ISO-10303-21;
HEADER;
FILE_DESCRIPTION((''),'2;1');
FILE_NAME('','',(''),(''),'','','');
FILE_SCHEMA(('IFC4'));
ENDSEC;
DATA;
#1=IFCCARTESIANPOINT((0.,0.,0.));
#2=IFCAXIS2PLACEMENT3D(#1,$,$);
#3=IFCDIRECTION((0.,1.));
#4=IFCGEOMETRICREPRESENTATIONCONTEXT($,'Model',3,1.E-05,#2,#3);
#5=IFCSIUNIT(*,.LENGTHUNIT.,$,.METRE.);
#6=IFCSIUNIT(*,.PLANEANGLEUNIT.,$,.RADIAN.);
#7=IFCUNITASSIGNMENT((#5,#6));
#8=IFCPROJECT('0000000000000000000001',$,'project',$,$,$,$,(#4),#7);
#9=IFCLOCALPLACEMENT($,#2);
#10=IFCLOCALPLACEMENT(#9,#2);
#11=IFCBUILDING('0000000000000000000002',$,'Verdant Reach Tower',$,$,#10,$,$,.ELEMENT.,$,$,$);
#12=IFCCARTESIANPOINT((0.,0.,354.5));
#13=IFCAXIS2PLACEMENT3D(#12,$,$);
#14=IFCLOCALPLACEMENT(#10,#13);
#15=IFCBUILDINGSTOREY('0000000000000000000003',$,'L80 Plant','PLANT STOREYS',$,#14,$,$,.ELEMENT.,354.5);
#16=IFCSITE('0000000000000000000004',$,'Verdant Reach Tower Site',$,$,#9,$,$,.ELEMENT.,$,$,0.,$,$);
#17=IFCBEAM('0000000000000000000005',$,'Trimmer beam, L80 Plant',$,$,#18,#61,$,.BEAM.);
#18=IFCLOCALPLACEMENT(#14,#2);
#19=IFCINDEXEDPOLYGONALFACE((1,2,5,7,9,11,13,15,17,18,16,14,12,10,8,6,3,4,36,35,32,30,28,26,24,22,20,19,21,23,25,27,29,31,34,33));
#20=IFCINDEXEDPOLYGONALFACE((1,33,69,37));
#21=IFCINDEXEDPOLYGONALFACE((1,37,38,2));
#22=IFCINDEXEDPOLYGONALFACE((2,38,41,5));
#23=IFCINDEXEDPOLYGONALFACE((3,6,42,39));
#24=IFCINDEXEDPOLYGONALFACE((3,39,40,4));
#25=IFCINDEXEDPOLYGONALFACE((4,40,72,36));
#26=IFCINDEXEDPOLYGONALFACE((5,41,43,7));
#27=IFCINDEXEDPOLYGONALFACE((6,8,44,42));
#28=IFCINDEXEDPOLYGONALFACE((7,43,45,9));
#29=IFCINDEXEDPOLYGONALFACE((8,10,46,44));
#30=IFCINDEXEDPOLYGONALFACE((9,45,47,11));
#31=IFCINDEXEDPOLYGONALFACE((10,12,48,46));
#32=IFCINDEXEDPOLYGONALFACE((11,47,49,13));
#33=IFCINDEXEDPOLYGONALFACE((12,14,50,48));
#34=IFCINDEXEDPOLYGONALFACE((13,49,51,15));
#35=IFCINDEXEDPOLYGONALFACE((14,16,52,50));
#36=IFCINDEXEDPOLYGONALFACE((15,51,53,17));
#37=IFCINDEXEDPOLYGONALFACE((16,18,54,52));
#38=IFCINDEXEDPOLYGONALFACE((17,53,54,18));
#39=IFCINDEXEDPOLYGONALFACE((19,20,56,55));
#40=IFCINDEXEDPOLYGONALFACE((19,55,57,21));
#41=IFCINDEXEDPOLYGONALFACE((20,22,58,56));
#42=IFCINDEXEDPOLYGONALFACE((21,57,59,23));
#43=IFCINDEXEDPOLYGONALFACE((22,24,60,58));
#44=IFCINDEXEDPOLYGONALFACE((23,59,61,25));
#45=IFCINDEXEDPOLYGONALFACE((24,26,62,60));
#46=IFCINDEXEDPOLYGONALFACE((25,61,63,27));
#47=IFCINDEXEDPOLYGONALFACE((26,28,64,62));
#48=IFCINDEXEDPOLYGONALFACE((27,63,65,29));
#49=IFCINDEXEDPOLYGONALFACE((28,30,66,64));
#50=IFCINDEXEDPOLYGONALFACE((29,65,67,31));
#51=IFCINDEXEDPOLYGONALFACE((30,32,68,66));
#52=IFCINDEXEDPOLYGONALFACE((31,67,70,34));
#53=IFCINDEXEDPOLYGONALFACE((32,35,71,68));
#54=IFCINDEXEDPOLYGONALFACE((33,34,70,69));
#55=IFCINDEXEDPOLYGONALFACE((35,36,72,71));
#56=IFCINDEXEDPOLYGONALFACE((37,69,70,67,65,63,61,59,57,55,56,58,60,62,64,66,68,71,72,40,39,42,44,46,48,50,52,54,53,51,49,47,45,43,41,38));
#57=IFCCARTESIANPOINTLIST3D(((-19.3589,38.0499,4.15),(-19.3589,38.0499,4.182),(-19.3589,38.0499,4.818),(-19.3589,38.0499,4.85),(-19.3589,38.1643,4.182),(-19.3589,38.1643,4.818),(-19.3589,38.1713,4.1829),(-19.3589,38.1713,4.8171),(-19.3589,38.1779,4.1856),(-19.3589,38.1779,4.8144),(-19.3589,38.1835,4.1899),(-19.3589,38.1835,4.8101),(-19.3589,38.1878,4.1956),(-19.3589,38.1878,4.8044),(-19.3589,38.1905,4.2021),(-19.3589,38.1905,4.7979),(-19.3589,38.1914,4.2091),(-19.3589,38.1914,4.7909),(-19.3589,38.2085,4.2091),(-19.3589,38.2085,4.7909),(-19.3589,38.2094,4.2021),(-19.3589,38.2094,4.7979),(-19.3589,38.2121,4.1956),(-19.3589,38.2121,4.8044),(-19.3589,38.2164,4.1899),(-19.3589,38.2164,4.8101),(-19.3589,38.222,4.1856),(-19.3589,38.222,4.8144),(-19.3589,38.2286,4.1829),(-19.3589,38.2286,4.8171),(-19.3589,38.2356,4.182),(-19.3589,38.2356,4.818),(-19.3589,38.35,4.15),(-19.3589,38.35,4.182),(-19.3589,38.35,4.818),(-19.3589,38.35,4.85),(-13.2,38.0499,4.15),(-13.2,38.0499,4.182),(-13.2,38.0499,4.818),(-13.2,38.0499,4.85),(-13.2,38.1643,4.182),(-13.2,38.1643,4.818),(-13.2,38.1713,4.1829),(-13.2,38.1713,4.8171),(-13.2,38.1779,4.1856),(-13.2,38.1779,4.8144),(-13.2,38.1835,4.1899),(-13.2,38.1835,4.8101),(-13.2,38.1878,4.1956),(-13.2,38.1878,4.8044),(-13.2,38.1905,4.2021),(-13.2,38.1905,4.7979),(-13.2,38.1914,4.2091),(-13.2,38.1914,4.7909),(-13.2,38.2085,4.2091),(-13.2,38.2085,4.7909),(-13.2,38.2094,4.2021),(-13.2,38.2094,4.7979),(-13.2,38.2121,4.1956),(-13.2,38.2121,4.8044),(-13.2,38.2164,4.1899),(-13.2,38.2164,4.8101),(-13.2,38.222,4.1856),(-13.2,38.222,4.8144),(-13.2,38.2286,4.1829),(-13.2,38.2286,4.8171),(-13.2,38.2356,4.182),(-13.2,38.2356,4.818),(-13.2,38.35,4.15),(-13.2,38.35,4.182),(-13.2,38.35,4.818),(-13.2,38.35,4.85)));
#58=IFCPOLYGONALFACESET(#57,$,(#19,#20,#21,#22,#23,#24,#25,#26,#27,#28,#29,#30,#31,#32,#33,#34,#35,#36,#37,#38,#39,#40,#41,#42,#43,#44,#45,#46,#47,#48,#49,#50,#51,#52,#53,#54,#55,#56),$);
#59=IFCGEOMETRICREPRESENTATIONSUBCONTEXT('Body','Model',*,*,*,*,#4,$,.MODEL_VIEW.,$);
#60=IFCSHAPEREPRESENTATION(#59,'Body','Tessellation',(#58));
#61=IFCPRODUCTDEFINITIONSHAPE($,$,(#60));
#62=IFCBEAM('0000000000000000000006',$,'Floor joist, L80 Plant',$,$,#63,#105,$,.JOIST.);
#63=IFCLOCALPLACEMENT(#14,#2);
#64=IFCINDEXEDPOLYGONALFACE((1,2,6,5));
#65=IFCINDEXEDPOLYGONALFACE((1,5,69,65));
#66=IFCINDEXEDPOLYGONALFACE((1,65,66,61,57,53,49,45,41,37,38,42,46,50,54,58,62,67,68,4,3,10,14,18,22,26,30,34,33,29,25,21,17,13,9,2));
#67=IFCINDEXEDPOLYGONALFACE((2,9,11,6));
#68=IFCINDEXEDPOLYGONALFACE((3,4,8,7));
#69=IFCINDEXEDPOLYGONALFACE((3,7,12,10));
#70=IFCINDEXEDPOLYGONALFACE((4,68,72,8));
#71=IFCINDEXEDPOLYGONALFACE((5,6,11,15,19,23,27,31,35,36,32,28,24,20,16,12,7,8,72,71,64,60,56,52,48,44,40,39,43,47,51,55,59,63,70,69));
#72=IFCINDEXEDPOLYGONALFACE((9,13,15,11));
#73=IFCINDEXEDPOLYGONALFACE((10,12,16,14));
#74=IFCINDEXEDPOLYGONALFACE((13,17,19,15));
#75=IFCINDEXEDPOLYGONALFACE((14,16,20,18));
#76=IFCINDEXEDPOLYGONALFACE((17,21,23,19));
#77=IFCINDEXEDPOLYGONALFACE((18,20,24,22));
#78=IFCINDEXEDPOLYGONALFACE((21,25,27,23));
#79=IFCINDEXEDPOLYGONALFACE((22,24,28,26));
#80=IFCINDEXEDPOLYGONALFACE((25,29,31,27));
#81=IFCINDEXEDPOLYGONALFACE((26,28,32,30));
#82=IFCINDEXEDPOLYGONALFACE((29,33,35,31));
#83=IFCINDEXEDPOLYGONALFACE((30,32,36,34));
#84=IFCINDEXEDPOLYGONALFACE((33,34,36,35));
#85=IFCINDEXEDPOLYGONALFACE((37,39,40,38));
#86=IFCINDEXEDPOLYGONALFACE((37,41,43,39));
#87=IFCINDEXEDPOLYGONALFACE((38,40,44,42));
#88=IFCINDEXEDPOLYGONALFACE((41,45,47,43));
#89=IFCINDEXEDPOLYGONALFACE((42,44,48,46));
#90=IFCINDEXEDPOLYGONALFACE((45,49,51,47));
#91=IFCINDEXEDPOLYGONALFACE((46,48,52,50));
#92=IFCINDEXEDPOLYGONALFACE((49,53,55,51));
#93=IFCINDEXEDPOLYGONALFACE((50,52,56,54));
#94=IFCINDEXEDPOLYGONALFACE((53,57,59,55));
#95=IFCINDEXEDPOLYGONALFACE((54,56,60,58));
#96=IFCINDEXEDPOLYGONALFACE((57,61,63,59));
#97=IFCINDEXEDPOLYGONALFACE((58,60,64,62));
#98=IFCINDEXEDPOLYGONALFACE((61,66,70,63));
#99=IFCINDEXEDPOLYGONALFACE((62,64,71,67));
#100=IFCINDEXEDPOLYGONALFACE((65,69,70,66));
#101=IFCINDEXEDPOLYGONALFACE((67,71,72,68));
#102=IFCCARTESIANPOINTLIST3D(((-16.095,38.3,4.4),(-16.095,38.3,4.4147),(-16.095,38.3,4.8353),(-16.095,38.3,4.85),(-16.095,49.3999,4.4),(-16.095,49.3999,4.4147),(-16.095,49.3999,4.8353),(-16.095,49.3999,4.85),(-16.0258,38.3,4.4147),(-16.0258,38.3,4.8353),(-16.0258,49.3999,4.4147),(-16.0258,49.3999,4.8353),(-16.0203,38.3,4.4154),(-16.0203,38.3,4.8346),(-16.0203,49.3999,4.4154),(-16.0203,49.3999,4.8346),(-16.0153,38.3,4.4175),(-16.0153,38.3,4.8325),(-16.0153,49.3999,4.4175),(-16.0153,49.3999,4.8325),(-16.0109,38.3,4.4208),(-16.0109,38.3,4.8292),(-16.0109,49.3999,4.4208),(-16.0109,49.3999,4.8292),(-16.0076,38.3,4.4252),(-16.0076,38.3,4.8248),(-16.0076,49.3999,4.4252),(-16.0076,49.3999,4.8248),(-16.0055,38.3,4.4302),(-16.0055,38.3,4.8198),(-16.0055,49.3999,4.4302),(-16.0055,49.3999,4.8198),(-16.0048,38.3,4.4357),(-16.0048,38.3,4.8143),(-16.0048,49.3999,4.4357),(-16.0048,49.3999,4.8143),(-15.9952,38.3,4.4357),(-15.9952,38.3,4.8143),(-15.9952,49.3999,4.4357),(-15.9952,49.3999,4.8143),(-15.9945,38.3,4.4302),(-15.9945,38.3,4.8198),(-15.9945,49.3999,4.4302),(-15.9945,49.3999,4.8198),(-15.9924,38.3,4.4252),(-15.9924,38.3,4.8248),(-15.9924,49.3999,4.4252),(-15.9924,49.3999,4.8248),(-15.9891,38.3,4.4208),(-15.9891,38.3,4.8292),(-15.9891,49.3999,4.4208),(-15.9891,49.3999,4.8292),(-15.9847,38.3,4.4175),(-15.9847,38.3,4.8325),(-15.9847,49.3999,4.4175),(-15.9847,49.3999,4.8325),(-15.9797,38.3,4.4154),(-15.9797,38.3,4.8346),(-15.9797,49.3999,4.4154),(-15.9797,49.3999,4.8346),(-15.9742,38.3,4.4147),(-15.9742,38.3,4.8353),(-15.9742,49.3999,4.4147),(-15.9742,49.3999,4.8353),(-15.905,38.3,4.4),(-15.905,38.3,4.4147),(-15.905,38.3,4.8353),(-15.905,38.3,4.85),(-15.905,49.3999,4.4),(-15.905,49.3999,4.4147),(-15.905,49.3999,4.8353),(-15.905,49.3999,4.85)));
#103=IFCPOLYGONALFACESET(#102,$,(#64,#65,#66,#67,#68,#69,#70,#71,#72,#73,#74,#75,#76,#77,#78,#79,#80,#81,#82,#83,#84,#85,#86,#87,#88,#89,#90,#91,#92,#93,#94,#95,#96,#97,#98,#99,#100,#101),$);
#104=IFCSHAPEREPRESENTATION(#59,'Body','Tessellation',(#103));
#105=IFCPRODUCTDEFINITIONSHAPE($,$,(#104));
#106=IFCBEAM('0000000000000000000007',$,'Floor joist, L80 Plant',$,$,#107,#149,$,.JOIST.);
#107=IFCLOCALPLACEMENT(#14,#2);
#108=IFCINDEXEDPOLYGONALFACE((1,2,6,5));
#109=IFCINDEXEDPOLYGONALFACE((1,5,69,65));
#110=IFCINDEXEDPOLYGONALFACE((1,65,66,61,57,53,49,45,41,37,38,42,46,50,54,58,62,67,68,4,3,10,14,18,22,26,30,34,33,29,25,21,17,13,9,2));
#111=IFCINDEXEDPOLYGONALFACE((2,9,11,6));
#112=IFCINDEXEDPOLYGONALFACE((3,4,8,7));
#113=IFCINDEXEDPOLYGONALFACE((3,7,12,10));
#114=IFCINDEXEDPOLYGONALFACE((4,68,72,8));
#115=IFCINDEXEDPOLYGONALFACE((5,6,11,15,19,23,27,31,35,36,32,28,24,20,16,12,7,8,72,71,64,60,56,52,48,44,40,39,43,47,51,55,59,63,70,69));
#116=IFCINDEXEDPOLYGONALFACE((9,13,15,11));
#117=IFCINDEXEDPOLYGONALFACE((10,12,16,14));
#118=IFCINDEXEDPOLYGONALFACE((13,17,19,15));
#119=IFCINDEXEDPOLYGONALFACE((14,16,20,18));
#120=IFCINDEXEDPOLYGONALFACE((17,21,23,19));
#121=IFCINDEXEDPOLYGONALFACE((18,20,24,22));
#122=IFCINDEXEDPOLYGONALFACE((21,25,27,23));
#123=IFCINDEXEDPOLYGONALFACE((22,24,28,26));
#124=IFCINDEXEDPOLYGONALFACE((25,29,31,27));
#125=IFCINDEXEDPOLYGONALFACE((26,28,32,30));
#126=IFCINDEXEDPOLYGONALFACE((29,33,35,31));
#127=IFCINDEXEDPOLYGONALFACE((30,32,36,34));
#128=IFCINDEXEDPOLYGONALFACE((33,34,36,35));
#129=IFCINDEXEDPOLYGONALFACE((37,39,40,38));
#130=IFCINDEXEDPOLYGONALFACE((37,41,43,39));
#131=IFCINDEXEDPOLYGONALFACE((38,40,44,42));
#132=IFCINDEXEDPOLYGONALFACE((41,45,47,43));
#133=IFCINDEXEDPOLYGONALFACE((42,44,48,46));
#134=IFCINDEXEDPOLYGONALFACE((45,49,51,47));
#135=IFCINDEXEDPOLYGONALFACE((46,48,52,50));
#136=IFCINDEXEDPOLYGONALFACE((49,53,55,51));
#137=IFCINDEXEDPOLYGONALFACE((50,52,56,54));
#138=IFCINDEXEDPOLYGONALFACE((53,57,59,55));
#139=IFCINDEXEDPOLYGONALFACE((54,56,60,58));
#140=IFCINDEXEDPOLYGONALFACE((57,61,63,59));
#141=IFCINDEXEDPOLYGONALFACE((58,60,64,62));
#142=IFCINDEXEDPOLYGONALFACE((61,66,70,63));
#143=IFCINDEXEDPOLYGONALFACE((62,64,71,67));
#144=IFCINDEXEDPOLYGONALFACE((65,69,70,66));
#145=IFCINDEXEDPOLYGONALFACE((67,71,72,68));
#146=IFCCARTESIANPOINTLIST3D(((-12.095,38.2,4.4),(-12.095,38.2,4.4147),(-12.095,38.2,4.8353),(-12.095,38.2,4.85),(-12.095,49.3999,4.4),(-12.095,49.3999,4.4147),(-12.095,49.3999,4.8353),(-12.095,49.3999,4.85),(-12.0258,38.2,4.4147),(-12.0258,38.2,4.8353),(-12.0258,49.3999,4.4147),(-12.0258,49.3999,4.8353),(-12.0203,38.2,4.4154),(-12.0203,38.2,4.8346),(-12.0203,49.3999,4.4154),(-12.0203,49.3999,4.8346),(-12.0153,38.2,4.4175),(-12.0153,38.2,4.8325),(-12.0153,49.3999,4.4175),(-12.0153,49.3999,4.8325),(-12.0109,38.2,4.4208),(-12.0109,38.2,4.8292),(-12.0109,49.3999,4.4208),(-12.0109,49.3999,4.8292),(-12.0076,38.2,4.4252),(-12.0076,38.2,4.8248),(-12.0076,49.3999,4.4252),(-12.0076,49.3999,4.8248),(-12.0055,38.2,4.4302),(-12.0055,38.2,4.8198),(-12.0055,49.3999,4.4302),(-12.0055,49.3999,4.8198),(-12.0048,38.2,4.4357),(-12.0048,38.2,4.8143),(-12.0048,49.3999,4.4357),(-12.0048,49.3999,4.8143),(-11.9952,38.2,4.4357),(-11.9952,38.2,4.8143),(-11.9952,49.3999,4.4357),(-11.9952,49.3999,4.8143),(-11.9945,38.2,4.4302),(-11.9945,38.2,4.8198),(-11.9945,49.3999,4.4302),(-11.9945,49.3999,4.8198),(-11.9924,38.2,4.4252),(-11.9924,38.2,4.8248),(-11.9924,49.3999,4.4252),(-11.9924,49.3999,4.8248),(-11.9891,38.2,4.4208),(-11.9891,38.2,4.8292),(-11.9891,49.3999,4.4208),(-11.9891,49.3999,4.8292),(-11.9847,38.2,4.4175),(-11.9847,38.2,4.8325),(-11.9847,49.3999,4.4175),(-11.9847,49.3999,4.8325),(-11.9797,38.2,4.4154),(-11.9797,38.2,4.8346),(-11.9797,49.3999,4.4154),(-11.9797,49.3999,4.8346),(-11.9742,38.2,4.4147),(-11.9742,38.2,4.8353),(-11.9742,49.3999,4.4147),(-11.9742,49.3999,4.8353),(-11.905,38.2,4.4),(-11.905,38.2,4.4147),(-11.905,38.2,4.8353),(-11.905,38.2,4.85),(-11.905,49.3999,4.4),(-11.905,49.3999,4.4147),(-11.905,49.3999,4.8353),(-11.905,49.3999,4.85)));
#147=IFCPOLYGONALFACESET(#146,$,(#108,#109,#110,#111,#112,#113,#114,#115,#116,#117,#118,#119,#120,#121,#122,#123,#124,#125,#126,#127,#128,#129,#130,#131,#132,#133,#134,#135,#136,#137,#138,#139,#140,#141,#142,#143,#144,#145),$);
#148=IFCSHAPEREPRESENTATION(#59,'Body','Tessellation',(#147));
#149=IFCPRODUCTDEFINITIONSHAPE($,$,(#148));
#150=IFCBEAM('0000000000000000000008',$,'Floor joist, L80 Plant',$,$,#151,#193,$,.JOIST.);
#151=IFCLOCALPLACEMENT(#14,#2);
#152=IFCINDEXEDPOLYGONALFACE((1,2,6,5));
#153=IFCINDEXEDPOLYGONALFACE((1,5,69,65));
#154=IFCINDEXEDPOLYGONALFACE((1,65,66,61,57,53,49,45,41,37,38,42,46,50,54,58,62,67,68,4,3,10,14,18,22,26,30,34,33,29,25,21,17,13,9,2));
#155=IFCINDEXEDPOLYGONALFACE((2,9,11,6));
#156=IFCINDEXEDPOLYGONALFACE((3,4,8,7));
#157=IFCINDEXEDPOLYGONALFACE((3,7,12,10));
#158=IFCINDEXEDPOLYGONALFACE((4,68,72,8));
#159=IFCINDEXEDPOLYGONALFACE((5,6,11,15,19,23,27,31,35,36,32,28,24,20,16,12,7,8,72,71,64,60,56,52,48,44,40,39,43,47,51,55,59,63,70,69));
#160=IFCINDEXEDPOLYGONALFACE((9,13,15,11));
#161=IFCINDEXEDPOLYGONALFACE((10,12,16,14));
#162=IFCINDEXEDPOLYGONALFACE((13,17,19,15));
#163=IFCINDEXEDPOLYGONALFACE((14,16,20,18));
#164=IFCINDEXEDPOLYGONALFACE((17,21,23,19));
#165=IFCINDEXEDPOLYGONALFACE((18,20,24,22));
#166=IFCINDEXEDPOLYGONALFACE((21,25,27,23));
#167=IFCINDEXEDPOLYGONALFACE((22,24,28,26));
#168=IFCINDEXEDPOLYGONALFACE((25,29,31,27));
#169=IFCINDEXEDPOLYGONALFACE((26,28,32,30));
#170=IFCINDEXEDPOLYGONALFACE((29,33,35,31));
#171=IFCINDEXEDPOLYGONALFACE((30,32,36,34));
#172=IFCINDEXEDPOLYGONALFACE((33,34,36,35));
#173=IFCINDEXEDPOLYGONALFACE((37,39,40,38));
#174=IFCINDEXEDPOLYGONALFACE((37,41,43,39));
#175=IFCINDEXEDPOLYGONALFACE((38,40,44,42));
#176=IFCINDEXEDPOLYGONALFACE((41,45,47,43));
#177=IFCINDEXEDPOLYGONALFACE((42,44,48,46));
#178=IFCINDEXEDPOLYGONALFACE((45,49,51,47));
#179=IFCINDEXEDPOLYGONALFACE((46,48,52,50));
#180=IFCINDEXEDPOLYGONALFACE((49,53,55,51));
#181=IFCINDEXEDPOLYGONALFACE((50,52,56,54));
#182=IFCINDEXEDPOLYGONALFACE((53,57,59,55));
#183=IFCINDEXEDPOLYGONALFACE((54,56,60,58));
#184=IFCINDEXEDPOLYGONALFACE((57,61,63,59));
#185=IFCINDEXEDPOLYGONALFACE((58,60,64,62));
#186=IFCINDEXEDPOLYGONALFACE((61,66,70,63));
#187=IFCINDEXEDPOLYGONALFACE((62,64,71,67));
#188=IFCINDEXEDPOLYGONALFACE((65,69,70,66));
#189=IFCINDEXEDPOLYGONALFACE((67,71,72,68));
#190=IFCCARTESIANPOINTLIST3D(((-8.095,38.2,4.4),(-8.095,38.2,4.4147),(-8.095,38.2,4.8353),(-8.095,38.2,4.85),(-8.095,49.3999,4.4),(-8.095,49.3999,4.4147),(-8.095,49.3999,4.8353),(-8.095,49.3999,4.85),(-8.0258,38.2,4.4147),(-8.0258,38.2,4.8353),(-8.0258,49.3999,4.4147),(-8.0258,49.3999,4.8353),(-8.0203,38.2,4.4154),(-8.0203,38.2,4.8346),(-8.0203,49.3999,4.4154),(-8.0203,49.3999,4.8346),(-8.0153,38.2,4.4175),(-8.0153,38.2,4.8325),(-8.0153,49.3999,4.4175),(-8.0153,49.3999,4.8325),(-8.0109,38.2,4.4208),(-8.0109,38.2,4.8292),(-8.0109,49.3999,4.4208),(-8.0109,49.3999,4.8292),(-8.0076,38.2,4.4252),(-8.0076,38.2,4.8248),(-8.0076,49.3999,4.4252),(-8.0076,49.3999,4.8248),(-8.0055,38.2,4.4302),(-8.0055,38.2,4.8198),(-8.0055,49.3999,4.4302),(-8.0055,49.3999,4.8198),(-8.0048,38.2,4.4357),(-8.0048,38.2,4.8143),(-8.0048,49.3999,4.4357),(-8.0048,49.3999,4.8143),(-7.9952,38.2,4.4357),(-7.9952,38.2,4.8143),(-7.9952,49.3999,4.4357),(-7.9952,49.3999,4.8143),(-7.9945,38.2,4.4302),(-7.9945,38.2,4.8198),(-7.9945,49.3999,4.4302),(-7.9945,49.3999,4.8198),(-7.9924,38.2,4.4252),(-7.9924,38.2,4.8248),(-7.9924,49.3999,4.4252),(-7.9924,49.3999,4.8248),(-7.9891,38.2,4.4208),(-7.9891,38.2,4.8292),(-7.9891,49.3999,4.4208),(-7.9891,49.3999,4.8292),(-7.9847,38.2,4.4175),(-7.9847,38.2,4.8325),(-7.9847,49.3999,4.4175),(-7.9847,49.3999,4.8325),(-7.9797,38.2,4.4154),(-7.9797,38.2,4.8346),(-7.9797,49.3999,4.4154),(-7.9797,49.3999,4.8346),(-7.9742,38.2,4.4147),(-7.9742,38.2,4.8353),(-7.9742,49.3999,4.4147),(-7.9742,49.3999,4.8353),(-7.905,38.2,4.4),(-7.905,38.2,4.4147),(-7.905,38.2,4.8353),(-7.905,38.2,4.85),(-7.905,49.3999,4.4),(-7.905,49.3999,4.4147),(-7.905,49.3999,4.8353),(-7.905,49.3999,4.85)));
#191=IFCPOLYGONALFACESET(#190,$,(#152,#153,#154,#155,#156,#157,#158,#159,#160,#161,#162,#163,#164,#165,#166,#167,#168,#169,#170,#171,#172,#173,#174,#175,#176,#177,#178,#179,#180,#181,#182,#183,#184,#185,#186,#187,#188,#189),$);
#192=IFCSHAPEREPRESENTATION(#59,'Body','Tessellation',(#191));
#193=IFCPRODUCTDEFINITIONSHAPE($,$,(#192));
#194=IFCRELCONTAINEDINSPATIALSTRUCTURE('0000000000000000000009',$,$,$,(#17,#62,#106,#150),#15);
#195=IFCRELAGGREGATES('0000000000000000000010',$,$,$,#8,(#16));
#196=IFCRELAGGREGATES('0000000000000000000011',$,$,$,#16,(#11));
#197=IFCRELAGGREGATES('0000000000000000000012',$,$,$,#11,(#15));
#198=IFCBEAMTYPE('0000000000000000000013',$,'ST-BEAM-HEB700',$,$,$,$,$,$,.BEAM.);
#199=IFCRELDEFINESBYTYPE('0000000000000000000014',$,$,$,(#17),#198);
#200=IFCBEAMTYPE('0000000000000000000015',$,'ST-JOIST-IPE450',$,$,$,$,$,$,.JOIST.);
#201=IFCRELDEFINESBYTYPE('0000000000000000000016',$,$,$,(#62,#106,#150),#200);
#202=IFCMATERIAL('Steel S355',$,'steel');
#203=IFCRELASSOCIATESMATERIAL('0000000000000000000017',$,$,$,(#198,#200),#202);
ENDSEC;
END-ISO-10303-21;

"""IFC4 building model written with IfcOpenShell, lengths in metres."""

from ifc_helpers import new_model, si_unit, direction, frame, origin, origin_2d, place, context, subcontext, project, spatial, i_section, extrude, material, material_profile, profile_set, type_object, element, save


model = new_model("IFC4")

# Units and contexts
model_context = context("Model", 3, precision=1e-05, world=origin(), true_north=direction((0.0, 1.0)))
body_context = subcontext(model_context, "Body", "Model", "MODEL_VIEW")
ifc_project = project(units=[si_unit("LENGTHUNIT", "METRE"), si_unit("PLANEANGLEUNIT", "RADIAN")], contexts=[model_context])

# Site, building, storey
site_placement = place(None, origin())
site = spatial("IfcSite", under=ifc_project, at=site_placement, Name="Verdant Reach Tower Site", CompositionType="ELEMENT", RefElevation=0.0)
building_placement = place(site_placement, origin())
building = spatial("IfcBuilding", under=site, at=building_placement, Name="Verdant Reach Tower", CompositionType="ELEMENT")
storey_placement = place(building_placement, frame((0.0, 0.0, 354.5)))
storey = spatial("IfcBuildingStorey", under=building, at=storey_placement, Name="L80 Plant", Description="PLANT STOREYS", CompositionType="ELEMENT", Elevation=354.5)

# Beams
ifc_material_1 = material(Name="Steel S355", Category="steel")
ifc_material_profile_1 = material_profile(ifc_material_1, i_section(OverallWidth=0.3, OverallDepth=0.7, WebThickness=0.0171, FlangeThickness=0.032, FilletRadius=0.0271, at=origin_2d()), Name="HEB 700")
ifc_profile_set_1 = profile_set([ifc_material_profile_1], Name="Steel S355")
beam_type_1 = type_object("IfcBeamType", Name="ST-BEAM-HEB700", PredefinedType="BEAM", material=ifc_profile_set_1)
beam_1_placement = place(storey_placement, frame((-13.2, 38.2, 4.5), z_axis=(-1.0, 0.0, 0.0), x_axis=(0.0, -1.0, 0.0)))
element("IfcBeam", 1, at=beam_1_placement, inside=storey, type_object=beam_type_1, Name="Trimmer beam, L80 Plant", PredefinedType="BEAM", context=body_context, shape_type="SweptSolid", body=[
    extrude(i_section(OverallWidth=0.3, OverallDepth=0.7, WebThickness=0.0171, FlangeThickness=0.032, FilletRadius=0.0271, at=origin_2d()), origin(), (0.0, 0.0, 1.0), 6.1589),
])
ifc_material_profile_2 = material_profile(ifc_material_1, i_section(OverallWidth=0.1899, OverallDepth=0.45, WebThickness=0.0095, FlangeThickness=0.0146, FilletRadius=0.021, at=origin_2d()), Name="IPE 450")
ifc_profile_set_2 = profile_set([ifc_material_profile_2], Name="Steel S355")
beam_type_2 = type_object("IfcBeamType", Name="ST-JOIST-IPE450", PredefinedType="JOIST", material=ifc_profile_set_2)
beam_2_placement = place(storey_placement, frame((-16.0, 38.3, 4.625), z_axis=(0.0, 1.0, 0.0), x_axis=(-1.0, 0.0, 0.0)))
element("IfcBeam", 2, at=beam_2_placement, inside=storey, type_object=beam_type_2, Name="Floor joist, L80 Plant", PredefinedType="JOIST", context=body_context, shape_type="SweptSolid", body=[
    extrude(i_section(OverallWidth=0.1899, OverallDepth=0.45, WebThickness=0.0095, FlangeThickness=0.0146, FilletRadius=0.021, at=origin_2d()), origin(), (0.0, 0.0, 1.0), 11.0999),
])
for number, where, z_axis, x_axis, name in (
    (3, (-12.0, 38.2, 4.625), (0.0, 1.0, 0.0), (-1.0, 0.0, 0.0), "Floor joist, L80 Plant"),
    (4, (-8.0, 38.2, 4.625), (0.0, 1.0, 0.0), (-1.0, 0.0, 0.0), "Floor joist, L80 Plant"),
):
    element("IfcBeam", number, at=place(storey_placement, frame(where, z_axis=z_axis, x_axis=x_axis)), inside=storey, type_object=beam_type_2, Name=name, PredefinedType="JOIST", context=body_context, shape_type="SweptSolid", body=[
        extrude(i_section(OverallWidth=0.1899, OverallDepth=0.45, WebThickness=0.0095, FlangeThickness=0.0146, FilletRadius=0.021, at=origin_2d()), origin(), (0.0, 0.0, 1.0), 11.2),
    ])

save(model, "model.ifc")
